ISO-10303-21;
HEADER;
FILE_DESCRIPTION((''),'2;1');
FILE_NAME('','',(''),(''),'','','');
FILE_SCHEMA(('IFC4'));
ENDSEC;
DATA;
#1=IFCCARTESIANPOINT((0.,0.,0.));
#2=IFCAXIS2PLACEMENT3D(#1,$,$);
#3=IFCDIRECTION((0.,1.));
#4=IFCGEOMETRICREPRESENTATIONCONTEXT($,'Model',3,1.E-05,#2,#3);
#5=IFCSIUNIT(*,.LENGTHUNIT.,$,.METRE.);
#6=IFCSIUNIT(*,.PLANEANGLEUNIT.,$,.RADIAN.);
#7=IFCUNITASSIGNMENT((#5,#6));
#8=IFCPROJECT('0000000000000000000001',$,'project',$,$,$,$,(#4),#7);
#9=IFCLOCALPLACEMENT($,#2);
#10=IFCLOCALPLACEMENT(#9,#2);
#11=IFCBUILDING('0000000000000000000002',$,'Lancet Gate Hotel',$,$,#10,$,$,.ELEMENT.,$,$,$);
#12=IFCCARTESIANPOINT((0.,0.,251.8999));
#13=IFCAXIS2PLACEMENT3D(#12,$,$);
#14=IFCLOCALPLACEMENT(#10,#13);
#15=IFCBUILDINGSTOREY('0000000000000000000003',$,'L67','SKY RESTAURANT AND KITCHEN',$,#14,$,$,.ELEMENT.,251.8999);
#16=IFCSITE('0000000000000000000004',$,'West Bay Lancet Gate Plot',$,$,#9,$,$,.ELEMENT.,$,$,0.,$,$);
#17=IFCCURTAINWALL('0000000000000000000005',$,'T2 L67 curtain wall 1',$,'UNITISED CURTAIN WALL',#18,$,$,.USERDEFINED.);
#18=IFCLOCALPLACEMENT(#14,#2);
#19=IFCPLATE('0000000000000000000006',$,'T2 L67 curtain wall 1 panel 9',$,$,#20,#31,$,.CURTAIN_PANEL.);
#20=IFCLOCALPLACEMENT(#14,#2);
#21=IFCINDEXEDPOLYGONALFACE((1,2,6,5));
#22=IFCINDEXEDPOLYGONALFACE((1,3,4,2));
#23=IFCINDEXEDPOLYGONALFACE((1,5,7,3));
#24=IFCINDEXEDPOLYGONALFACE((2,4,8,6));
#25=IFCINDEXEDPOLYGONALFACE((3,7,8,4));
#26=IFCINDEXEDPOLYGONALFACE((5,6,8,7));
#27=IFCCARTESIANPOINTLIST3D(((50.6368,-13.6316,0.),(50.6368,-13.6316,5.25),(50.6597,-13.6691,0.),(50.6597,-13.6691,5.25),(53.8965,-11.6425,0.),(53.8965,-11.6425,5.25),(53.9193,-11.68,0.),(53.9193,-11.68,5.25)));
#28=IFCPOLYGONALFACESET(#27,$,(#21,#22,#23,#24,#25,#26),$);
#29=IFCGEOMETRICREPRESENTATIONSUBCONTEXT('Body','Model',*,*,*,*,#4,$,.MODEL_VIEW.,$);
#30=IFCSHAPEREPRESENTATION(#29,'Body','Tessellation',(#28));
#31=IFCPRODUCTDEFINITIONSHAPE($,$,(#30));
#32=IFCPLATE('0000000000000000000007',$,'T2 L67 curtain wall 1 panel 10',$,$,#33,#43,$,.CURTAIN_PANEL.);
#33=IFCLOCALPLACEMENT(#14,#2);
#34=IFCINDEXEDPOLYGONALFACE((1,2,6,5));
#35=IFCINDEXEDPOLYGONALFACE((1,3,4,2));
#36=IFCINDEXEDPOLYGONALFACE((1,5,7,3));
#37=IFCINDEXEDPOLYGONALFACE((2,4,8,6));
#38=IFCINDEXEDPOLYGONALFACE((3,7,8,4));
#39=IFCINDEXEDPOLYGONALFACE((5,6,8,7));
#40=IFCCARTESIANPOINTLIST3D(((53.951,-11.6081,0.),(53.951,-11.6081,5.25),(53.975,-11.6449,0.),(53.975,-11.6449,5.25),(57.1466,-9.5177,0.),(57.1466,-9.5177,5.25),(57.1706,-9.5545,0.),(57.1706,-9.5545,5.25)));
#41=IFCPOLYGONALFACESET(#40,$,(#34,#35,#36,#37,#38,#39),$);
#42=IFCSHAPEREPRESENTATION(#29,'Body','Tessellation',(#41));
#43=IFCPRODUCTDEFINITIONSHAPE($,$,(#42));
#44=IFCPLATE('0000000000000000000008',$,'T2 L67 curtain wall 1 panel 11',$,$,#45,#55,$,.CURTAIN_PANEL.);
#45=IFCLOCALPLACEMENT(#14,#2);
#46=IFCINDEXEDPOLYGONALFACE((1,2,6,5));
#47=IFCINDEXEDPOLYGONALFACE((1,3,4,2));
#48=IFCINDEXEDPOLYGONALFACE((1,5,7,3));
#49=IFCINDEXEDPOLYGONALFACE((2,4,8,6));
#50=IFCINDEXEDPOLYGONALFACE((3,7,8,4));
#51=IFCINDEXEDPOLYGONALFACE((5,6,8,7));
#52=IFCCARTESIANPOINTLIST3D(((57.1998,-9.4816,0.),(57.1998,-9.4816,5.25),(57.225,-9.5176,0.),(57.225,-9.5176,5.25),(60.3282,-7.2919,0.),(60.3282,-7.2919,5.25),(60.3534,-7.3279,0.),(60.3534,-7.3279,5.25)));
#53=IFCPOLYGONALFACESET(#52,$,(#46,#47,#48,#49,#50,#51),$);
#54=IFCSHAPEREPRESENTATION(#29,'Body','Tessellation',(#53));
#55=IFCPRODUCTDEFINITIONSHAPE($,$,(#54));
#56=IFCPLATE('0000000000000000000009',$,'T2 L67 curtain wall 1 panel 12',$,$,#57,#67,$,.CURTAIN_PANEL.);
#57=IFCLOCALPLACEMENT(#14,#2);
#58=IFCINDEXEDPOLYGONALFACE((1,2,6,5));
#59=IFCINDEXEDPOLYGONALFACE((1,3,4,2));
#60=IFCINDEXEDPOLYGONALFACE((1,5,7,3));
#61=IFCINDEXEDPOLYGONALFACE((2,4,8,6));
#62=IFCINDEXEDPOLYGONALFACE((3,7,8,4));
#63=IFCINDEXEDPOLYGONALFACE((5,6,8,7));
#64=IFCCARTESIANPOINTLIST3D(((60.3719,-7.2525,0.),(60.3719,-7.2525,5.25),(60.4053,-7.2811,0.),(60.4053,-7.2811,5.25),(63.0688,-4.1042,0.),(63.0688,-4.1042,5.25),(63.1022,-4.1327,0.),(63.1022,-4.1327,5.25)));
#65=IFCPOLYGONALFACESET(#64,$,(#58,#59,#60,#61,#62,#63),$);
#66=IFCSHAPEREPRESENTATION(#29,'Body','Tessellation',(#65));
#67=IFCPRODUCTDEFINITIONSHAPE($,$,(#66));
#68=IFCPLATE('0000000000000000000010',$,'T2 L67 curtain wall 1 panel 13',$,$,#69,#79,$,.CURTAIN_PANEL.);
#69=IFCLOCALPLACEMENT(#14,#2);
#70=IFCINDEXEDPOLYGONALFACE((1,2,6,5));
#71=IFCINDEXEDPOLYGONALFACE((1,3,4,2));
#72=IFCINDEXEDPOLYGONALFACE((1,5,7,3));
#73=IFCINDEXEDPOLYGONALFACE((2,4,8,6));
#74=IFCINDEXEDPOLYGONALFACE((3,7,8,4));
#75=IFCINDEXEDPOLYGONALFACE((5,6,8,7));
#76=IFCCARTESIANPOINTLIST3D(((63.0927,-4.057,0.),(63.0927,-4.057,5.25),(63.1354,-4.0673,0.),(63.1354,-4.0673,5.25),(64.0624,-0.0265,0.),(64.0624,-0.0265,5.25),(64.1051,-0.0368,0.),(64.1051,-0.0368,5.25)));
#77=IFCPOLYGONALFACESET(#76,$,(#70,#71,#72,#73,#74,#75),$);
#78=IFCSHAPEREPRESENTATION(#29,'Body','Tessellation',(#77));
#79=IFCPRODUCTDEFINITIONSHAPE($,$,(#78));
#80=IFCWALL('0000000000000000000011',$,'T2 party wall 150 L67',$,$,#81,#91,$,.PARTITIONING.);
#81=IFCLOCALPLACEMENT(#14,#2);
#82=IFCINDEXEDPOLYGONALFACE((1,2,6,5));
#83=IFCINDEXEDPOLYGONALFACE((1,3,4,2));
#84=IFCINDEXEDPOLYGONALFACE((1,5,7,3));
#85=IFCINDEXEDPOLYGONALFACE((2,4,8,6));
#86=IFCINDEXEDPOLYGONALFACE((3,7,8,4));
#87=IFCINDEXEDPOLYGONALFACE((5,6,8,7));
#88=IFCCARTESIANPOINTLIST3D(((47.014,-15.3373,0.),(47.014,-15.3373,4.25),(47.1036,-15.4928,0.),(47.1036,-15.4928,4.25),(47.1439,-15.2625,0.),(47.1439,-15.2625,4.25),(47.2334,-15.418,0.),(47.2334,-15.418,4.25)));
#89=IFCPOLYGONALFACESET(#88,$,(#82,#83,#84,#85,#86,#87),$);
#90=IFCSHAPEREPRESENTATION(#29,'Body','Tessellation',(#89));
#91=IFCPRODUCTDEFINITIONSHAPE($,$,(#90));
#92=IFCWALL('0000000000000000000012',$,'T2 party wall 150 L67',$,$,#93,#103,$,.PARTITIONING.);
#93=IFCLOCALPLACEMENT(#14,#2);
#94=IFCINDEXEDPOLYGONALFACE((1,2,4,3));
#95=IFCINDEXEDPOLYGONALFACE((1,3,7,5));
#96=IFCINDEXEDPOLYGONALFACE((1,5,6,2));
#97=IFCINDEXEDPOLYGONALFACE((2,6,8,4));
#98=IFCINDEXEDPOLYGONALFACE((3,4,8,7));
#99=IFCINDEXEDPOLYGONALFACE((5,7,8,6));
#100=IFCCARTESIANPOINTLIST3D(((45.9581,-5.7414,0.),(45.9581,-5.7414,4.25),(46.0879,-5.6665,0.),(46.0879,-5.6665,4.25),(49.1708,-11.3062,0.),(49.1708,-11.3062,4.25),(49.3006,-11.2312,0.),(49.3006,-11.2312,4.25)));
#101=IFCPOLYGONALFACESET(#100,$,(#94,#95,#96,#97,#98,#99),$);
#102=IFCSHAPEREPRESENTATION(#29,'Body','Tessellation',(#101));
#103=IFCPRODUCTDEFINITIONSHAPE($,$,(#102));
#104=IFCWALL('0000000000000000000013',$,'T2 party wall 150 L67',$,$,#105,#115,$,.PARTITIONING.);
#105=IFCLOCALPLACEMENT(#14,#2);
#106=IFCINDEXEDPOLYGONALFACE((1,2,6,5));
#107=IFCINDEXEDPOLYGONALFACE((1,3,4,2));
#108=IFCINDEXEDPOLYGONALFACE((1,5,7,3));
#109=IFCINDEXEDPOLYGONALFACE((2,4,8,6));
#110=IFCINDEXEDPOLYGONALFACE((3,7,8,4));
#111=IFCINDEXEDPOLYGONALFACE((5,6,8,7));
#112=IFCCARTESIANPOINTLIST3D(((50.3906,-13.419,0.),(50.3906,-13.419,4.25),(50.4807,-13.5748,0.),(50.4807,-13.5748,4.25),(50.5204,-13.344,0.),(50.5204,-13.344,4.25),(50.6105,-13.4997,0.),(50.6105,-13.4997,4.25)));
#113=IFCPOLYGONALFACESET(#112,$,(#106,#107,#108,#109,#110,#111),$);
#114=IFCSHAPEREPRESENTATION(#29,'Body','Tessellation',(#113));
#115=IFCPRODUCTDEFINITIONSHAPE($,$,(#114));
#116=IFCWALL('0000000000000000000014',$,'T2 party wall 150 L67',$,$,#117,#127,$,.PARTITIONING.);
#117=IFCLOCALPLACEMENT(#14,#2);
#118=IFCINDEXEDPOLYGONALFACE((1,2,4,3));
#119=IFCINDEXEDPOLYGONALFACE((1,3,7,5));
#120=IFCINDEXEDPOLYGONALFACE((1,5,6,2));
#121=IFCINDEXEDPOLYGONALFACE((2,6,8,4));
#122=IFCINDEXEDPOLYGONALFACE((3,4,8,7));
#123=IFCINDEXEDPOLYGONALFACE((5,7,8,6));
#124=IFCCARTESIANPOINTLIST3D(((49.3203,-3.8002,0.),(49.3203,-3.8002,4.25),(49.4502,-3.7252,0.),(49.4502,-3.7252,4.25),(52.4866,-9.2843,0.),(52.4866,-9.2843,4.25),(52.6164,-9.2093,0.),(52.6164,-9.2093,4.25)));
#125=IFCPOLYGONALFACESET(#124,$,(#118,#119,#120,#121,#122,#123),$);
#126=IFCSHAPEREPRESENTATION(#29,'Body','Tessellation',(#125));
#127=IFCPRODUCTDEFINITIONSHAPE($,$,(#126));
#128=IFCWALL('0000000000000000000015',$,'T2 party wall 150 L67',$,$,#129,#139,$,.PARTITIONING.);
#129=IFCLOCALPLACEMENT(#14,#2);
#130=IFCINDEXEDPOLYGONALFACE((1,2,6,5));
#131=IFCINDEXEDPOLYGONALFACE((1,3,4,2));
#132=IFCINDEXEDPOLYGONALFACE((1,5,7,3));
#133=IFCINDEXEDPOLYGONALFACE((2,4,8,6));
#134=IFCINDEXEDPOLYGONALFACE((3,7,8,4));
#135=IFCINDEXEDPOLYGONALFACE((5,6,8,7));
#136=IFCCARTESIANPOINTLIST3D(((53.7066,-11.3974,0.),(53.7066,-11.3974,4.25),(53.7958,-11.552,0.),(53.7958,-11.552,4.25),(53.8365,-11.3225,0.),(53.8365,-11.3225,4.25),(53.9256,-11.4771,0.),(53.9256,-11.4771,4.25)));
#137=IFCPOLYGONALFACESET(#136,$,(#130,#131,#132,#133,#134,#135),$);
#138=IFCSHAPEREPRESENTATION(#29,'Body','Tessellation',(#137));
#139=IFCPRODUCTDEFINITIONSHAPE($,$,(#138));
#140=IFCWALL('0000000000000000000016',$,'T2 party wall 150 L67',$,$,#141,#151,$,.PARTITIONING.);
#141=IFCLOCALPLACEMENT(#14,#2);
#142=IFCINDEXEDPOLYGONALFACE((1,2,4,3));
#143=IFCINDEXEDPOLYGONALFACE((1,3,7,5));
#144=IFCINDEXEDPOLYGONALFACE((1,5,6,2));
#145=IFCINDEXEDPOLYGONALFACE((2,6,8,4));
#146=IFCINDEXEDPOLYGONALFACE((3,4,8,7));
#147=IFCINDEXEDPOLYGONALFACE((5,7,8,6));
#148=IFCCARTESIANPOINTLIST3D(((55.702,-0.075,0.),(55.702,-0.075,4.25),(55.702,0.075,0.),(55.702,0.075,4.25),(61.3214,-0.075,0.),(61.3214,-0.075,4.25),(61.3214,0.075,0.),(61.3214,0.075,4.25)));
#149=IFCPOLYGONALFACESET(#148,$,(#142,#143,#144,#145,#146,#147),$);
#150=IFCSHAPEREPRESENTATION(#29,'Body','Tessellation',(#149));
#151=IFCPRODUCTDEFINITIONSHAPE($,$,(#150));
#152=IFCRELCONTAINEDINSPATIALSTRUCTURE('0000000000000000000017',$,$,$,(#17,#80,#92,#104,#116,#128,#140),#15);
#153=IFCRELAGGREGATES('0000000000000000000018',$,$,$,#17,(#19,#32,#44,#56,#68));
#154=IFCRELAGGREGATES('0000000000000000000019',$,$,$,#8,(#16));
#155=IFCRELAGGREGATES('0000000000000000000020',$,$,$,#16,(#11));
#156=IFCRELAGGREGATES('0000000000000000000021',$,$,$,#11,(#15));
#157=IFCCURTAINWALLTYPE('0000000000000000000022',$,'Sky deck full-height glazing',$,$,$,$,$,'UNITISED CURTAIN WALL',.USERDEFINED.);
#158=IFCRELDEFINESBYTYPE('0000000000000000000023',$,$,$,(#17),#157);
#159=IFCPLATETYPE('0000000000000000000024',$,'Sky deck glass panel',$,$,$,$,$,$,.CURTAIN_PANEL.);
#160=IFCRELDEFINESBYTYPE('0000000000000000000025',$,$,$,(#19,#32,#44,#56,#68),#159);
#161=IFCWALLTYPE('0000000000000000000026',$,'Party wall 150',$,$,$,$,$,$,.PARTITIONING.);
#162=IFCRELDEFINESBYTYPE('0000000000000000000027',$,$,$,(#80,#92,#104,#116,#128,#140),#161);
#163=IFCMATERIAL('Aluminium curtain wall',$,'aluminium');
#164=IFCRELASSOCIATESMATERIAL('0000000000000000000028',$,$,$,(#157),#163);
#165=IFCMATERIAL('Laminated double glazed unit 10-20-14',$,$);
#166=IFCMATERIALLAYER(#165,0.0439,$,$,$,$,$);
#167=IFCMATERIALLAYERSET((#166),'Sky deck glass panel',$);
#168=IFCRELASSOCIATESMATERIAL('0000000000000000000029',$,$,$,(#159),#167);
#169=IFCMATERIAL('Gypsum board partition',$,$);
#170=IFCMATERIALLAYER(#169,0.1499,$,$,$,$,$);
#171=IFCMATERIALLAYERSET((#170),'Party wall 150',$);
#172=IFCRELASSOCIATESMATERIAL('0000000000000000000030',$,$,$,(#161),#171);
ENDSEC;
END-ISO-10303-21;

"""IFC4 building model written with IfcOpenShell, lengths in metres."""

from ifc_helpers import new_model, si_unit, direction, frame, frame_2d, origin, origin_2d, place, context, subcontext, project, spatial, rectangle, extrude, material, layer, layer_set, type_object, element, aggregate, save


model = new_model("IFC4")

# Units and contexts
model_context = context("Model", 3, precision=1e-05, world=origin(), true_north=direction((0.0, 1.0)))
body_context = subcontext(model_context, "Body", "Model", "MODEL_VIEW")
ifc_project = project(units=[si_unit("LENGTHUNIT", "METRE"), si_unit("PLANEANGLEUNIT", "RADIAN")], contexts=[model_context])

# Site, building, storey
site_placement = place(None, origin())
site = spatial("IfcSite", under=ifc_project, at=site_placement, Name="West Bay Lancet Gate Plot", CompositionType="ELEMENT", RefElevation=0.0)
building_placement = place(site_placement, origin())
building = spatial("IfcBuilding", under=site, at=building_placement, Name="Lancet Gate Hotel", CompositionType="ELEMENT")
storey_placement = place(building_placement, frame((0.0, 0.0, 251.8999)))
storey = spatial("IfcBuildingStorey", under=building, at=storey_placement, Name="L67", Description="SKY RESTAURANT AND KITCHEN", CompositionType="ELEMENT", Elevation=251.8999)

# Curtain wall
ifc_material_1 = material(Name="Aluminium curtain wall", Category="aluminium")
curtain_wall_type = type_object("IfcCurtainWallType", Name="Sky deck full-height glazing", ElementType="UNITISED CURTAIN WALL", PredefinedType="USERDEFINED", material=ifc_material_1)
curtain_wall_placement = place(storey_placement, origin())
curtain_wall = element("IfcCurtainWall", 1, at=curtain_wall_placement, inside=storey, type_object=curtain_wall_type, Name="T2 L67 curtain wall 1", ObjectType="UNITISED CURTAIN WALL", PredefinedType="USERDEFINED")

# Plates
ifc_material_2 = material(Name="Laminated double glazed unit 10-20-14")
ifc_layer_1 = layer(ifc_material_2, 0.0439)
ifc_layer_set_1 = layer_set([ifc_layer_1], Name="Sky deck glass panel")
plate_type = type_object("IfcPlateType", Name="Sky deck glass panel", PredefinedType="CURTAIN_PANEL", material=ifc_layer_set_1)
plate_1_placement = place(storey_placement, frame((52.2781, -12.6558, 0.0), z_axis=(0.0, 0.0, 1.0), x_axis=(0.853621, 0.520895, 0.0)))
plate_1 = element("IfcPlate", 2, at=plate_1_placement, type_object=plate_type, Name="T2 L67 curtain wall 1 panel 9", PredefinedType="CURTAIN_PANEL", context=body_context, shape_type="SweptSolid", body=[
    extrude(rectangle(XDim=3.8186, YDim=0.0439, at=origin_2d()), origin(), (0.0, 0.0, 1.0), 5.25),
])
plate_2_placement = place(storey_placement, frame((55.5608, -10.5813, 0.0), z_axis=(0.0, 0.0, 1.0), x_axis=(0.83685, 0.547432, 0.0)))
plate_2 = element("IfcPlate", 3, at=plate_2_placement, type_object=plate_type, Name="T2 L67 curtain wall 1 panel 10", PredefinedType="CURTAIN_PANEL", context=body_context, shape_type="SweptSolid", body=[
    extrude(rectangle(XDim=3.8186, YDim=0.0439, at=origin_2d()), origin(), (0.0, 0.0, 1.0), 5.25),
])
plate_3_placement = place(storey_placement, frame((58.7766, -8.4048, 0.0), z_axis=(0.0, 0.0, 1.0), x_axis=(0.819255, 0.573429, 0.0)))
plate_3 = element("IfcPlate", 4, at=plate_3_placement, type_object=plate_type, Name="T2 L67 curtain wall 1 panel 11", PredefinedType="CURTAIN_PANEL", context=body_context, shape_type="SweptSolid", body=[
    extrude(rectangle(XDim=3.8186, YDim=0.0439, at=origin_2d()), origin(), (0.0, 0.0, 1.0), 5.25),
])
plate_4_placement = place(storey_placement, frame((61.7371, -5.6926, 0.0), z_axis=(0.0, 0.0, 1.0), x_axis=(0.650552, 0.759462, 0.0)))
plate_4 = element("IfcPlate", 5, at=plate_4_placement, type_object=plate_type, Name="T2 L67 curtain wall 1 panel 12", PredefinedType="CURTAIN_PANEL", context=body_context, shape_type="SweptSolid", body=[
    extrude(rectangle(XDim=4.1455, YDim=0.0439, at=origin_2d()), origin(), (0.0, 0.0, 1.0), 5.25),
])
plate_5_placement = place(storey_placement, frame((63.5989, -2.0469, 0.0), z_axis=(0.0, 0.0, 1.0), x_axis=(0.233916, 0.972257, 0.0)))
plate_5 = element("IfcPlate", 6, at=plate_5_placement, type_object=plate_type, Name="T2 L67 curtain wall 1 panel 13", PredefinedType="CURTAIN_PANEL", context=body_context, shape_type="SweptSolid", body=[
    extrude(rectangle(XDim=4.1455, YDim=0.0439, at=origin_2d()), origin(), (0.0, 0.0, 1.0), 5.25),
])
aggregate(curtain_wall, [plate_1, plate_2, plate_3, plate_4, plate_5])

# Walls
ifc_material_3 = material(Name="Gypsum board partition")
ifc_layer_2 = layer(ifc_material_3, 0.1499)
ifc_layer_set_2 = layer_set([ifc_layer_2], Name="Party wall 150")
wall_type = type_object("IfcWallType", Name="Party wall 150", PredefinedType="PARTITIONING", material=ifc_layer_set_2)
wall_1_placement = place(storey_placement, frame((47.0789, -15.2998, 0.0), z_axis=(0.0, 0.0, 1.0), x_axis=(0.499212, -0.86648, 0.0)))
element("IfcWall", 7, at=wall_1_placement, inside=storey, type_object=wall_type, Name="T2 party wall 150 L67", PredefinedType="PARTITIONING", context=body_context, shape_type="SweptSolid", body=[
    extrude(rectangle(XDim=0.1794, YDim=0.1499, at=frame_2d((0.0898, 0.0))), origin(), (0.0, 0.0, 1.0), 4.25),
])
wall_2_placement = place(storey_placement, frame((46.0229, -5.7039, 0.0), z_axis=(0.0, 0.0, 1.0), x_axis=(0.499984, -0.866034, 0.0)))
element("IfcWall", 8, at=wall_2_placement, inside=storey, type_object=wall_type, Name="T2 party wall 150 L67", PredefinedType="PARTITIONING", context=body_context, shape_type="SweptSolid", body=[
    extrude(rectangle(XDim=6.4255, YDim=0.1499, at=frame_2d((3.2129, 0.0))), origin(), (0.0, 0.0, 1.0), 4.25),
])
wall_3_placement = place(storey_placement, frame((50.4556, -13.3816, 0.0), z_axis=(0.0, 0.0, 1.0), x_axis=(0.500662, -0.865643, 0.0)))
element("IfcWall", 9, at=wall_3_placement, inside=storey, type_object=wall_type, Name="T2 party wall 150 L67", PredefinedType="PARTITIONING", context=body_context, shape_type="SweptSolid", body=[
    extrude(rectangle(XDim=0.1799, YDim=0.1499, at=frame_2d((0.0898, 0.0))), origin(), (0.0, 0.0, 1.0), 4.25),
])
wall_4_placement = place(storey_placement, frame((49.3853, -3.7627, 0.0), z_axis=(0.0, 0.0, 1.0), x_axis=(0.499999, -0.866026, 0.0)))
element("IfcWall", 10, at=wall_4_placement, inside=storey, type_object=wall_type, Name="T2 party wall 150 L67", PredefinedType="PARTITIONING", context=body_context, shape_type="SweptSolid", body=[
    extrude(rectangle(XDim=6.3325, YDim=0.1499, at=frame_2d((3.1663, 0.0))), origin(), (0.0, 0.0, 1.0), 4.25),
])
wall_5_placement = place(storey_placement, frame((53.7715, -11.3599, 0.0), z_axis=(0.0, 0.0, 1.0), x_axis=(0.499525, -0.866299, 0.0)))
element("IfcWall", 11, at=wall_5_placement, inside=storey, type_object=wall_type, Name="T2 party wall 150 L67", PredefinedType="PARTITIONING", context=body_context, shape_type="SweptSolid", body=[
    extrude(rectangle(XDim=0.1785, YDim=0.1499, at=frame_2d((0.0894, 0.0))), origin(), (0.0, 0.0, 1.0), 4.25),
])
wall_6_placement = place(storey_placement, frame((55.7021, 0.0, 0.0), z_axis=(0.0, 0.0, 1.0), x_axis=(1.0, 0.0, 0.0)))
element("IfcWall", 12, at=wall_6_placement, inside=storey, type_object=wall_type, Name="T2 party wall 150 L67", PredefinedType="PARTITIONING", context=body_context, shape_type="SweptSolid", body=[
    extrude(rectangle(XDim=5.6194, YDim=0.1499, at=frame_2d((2.8096, 0.0))), origin(), (0.0, 0.0, 1.0), 4.25),
])

save(model, "model.ifc")
